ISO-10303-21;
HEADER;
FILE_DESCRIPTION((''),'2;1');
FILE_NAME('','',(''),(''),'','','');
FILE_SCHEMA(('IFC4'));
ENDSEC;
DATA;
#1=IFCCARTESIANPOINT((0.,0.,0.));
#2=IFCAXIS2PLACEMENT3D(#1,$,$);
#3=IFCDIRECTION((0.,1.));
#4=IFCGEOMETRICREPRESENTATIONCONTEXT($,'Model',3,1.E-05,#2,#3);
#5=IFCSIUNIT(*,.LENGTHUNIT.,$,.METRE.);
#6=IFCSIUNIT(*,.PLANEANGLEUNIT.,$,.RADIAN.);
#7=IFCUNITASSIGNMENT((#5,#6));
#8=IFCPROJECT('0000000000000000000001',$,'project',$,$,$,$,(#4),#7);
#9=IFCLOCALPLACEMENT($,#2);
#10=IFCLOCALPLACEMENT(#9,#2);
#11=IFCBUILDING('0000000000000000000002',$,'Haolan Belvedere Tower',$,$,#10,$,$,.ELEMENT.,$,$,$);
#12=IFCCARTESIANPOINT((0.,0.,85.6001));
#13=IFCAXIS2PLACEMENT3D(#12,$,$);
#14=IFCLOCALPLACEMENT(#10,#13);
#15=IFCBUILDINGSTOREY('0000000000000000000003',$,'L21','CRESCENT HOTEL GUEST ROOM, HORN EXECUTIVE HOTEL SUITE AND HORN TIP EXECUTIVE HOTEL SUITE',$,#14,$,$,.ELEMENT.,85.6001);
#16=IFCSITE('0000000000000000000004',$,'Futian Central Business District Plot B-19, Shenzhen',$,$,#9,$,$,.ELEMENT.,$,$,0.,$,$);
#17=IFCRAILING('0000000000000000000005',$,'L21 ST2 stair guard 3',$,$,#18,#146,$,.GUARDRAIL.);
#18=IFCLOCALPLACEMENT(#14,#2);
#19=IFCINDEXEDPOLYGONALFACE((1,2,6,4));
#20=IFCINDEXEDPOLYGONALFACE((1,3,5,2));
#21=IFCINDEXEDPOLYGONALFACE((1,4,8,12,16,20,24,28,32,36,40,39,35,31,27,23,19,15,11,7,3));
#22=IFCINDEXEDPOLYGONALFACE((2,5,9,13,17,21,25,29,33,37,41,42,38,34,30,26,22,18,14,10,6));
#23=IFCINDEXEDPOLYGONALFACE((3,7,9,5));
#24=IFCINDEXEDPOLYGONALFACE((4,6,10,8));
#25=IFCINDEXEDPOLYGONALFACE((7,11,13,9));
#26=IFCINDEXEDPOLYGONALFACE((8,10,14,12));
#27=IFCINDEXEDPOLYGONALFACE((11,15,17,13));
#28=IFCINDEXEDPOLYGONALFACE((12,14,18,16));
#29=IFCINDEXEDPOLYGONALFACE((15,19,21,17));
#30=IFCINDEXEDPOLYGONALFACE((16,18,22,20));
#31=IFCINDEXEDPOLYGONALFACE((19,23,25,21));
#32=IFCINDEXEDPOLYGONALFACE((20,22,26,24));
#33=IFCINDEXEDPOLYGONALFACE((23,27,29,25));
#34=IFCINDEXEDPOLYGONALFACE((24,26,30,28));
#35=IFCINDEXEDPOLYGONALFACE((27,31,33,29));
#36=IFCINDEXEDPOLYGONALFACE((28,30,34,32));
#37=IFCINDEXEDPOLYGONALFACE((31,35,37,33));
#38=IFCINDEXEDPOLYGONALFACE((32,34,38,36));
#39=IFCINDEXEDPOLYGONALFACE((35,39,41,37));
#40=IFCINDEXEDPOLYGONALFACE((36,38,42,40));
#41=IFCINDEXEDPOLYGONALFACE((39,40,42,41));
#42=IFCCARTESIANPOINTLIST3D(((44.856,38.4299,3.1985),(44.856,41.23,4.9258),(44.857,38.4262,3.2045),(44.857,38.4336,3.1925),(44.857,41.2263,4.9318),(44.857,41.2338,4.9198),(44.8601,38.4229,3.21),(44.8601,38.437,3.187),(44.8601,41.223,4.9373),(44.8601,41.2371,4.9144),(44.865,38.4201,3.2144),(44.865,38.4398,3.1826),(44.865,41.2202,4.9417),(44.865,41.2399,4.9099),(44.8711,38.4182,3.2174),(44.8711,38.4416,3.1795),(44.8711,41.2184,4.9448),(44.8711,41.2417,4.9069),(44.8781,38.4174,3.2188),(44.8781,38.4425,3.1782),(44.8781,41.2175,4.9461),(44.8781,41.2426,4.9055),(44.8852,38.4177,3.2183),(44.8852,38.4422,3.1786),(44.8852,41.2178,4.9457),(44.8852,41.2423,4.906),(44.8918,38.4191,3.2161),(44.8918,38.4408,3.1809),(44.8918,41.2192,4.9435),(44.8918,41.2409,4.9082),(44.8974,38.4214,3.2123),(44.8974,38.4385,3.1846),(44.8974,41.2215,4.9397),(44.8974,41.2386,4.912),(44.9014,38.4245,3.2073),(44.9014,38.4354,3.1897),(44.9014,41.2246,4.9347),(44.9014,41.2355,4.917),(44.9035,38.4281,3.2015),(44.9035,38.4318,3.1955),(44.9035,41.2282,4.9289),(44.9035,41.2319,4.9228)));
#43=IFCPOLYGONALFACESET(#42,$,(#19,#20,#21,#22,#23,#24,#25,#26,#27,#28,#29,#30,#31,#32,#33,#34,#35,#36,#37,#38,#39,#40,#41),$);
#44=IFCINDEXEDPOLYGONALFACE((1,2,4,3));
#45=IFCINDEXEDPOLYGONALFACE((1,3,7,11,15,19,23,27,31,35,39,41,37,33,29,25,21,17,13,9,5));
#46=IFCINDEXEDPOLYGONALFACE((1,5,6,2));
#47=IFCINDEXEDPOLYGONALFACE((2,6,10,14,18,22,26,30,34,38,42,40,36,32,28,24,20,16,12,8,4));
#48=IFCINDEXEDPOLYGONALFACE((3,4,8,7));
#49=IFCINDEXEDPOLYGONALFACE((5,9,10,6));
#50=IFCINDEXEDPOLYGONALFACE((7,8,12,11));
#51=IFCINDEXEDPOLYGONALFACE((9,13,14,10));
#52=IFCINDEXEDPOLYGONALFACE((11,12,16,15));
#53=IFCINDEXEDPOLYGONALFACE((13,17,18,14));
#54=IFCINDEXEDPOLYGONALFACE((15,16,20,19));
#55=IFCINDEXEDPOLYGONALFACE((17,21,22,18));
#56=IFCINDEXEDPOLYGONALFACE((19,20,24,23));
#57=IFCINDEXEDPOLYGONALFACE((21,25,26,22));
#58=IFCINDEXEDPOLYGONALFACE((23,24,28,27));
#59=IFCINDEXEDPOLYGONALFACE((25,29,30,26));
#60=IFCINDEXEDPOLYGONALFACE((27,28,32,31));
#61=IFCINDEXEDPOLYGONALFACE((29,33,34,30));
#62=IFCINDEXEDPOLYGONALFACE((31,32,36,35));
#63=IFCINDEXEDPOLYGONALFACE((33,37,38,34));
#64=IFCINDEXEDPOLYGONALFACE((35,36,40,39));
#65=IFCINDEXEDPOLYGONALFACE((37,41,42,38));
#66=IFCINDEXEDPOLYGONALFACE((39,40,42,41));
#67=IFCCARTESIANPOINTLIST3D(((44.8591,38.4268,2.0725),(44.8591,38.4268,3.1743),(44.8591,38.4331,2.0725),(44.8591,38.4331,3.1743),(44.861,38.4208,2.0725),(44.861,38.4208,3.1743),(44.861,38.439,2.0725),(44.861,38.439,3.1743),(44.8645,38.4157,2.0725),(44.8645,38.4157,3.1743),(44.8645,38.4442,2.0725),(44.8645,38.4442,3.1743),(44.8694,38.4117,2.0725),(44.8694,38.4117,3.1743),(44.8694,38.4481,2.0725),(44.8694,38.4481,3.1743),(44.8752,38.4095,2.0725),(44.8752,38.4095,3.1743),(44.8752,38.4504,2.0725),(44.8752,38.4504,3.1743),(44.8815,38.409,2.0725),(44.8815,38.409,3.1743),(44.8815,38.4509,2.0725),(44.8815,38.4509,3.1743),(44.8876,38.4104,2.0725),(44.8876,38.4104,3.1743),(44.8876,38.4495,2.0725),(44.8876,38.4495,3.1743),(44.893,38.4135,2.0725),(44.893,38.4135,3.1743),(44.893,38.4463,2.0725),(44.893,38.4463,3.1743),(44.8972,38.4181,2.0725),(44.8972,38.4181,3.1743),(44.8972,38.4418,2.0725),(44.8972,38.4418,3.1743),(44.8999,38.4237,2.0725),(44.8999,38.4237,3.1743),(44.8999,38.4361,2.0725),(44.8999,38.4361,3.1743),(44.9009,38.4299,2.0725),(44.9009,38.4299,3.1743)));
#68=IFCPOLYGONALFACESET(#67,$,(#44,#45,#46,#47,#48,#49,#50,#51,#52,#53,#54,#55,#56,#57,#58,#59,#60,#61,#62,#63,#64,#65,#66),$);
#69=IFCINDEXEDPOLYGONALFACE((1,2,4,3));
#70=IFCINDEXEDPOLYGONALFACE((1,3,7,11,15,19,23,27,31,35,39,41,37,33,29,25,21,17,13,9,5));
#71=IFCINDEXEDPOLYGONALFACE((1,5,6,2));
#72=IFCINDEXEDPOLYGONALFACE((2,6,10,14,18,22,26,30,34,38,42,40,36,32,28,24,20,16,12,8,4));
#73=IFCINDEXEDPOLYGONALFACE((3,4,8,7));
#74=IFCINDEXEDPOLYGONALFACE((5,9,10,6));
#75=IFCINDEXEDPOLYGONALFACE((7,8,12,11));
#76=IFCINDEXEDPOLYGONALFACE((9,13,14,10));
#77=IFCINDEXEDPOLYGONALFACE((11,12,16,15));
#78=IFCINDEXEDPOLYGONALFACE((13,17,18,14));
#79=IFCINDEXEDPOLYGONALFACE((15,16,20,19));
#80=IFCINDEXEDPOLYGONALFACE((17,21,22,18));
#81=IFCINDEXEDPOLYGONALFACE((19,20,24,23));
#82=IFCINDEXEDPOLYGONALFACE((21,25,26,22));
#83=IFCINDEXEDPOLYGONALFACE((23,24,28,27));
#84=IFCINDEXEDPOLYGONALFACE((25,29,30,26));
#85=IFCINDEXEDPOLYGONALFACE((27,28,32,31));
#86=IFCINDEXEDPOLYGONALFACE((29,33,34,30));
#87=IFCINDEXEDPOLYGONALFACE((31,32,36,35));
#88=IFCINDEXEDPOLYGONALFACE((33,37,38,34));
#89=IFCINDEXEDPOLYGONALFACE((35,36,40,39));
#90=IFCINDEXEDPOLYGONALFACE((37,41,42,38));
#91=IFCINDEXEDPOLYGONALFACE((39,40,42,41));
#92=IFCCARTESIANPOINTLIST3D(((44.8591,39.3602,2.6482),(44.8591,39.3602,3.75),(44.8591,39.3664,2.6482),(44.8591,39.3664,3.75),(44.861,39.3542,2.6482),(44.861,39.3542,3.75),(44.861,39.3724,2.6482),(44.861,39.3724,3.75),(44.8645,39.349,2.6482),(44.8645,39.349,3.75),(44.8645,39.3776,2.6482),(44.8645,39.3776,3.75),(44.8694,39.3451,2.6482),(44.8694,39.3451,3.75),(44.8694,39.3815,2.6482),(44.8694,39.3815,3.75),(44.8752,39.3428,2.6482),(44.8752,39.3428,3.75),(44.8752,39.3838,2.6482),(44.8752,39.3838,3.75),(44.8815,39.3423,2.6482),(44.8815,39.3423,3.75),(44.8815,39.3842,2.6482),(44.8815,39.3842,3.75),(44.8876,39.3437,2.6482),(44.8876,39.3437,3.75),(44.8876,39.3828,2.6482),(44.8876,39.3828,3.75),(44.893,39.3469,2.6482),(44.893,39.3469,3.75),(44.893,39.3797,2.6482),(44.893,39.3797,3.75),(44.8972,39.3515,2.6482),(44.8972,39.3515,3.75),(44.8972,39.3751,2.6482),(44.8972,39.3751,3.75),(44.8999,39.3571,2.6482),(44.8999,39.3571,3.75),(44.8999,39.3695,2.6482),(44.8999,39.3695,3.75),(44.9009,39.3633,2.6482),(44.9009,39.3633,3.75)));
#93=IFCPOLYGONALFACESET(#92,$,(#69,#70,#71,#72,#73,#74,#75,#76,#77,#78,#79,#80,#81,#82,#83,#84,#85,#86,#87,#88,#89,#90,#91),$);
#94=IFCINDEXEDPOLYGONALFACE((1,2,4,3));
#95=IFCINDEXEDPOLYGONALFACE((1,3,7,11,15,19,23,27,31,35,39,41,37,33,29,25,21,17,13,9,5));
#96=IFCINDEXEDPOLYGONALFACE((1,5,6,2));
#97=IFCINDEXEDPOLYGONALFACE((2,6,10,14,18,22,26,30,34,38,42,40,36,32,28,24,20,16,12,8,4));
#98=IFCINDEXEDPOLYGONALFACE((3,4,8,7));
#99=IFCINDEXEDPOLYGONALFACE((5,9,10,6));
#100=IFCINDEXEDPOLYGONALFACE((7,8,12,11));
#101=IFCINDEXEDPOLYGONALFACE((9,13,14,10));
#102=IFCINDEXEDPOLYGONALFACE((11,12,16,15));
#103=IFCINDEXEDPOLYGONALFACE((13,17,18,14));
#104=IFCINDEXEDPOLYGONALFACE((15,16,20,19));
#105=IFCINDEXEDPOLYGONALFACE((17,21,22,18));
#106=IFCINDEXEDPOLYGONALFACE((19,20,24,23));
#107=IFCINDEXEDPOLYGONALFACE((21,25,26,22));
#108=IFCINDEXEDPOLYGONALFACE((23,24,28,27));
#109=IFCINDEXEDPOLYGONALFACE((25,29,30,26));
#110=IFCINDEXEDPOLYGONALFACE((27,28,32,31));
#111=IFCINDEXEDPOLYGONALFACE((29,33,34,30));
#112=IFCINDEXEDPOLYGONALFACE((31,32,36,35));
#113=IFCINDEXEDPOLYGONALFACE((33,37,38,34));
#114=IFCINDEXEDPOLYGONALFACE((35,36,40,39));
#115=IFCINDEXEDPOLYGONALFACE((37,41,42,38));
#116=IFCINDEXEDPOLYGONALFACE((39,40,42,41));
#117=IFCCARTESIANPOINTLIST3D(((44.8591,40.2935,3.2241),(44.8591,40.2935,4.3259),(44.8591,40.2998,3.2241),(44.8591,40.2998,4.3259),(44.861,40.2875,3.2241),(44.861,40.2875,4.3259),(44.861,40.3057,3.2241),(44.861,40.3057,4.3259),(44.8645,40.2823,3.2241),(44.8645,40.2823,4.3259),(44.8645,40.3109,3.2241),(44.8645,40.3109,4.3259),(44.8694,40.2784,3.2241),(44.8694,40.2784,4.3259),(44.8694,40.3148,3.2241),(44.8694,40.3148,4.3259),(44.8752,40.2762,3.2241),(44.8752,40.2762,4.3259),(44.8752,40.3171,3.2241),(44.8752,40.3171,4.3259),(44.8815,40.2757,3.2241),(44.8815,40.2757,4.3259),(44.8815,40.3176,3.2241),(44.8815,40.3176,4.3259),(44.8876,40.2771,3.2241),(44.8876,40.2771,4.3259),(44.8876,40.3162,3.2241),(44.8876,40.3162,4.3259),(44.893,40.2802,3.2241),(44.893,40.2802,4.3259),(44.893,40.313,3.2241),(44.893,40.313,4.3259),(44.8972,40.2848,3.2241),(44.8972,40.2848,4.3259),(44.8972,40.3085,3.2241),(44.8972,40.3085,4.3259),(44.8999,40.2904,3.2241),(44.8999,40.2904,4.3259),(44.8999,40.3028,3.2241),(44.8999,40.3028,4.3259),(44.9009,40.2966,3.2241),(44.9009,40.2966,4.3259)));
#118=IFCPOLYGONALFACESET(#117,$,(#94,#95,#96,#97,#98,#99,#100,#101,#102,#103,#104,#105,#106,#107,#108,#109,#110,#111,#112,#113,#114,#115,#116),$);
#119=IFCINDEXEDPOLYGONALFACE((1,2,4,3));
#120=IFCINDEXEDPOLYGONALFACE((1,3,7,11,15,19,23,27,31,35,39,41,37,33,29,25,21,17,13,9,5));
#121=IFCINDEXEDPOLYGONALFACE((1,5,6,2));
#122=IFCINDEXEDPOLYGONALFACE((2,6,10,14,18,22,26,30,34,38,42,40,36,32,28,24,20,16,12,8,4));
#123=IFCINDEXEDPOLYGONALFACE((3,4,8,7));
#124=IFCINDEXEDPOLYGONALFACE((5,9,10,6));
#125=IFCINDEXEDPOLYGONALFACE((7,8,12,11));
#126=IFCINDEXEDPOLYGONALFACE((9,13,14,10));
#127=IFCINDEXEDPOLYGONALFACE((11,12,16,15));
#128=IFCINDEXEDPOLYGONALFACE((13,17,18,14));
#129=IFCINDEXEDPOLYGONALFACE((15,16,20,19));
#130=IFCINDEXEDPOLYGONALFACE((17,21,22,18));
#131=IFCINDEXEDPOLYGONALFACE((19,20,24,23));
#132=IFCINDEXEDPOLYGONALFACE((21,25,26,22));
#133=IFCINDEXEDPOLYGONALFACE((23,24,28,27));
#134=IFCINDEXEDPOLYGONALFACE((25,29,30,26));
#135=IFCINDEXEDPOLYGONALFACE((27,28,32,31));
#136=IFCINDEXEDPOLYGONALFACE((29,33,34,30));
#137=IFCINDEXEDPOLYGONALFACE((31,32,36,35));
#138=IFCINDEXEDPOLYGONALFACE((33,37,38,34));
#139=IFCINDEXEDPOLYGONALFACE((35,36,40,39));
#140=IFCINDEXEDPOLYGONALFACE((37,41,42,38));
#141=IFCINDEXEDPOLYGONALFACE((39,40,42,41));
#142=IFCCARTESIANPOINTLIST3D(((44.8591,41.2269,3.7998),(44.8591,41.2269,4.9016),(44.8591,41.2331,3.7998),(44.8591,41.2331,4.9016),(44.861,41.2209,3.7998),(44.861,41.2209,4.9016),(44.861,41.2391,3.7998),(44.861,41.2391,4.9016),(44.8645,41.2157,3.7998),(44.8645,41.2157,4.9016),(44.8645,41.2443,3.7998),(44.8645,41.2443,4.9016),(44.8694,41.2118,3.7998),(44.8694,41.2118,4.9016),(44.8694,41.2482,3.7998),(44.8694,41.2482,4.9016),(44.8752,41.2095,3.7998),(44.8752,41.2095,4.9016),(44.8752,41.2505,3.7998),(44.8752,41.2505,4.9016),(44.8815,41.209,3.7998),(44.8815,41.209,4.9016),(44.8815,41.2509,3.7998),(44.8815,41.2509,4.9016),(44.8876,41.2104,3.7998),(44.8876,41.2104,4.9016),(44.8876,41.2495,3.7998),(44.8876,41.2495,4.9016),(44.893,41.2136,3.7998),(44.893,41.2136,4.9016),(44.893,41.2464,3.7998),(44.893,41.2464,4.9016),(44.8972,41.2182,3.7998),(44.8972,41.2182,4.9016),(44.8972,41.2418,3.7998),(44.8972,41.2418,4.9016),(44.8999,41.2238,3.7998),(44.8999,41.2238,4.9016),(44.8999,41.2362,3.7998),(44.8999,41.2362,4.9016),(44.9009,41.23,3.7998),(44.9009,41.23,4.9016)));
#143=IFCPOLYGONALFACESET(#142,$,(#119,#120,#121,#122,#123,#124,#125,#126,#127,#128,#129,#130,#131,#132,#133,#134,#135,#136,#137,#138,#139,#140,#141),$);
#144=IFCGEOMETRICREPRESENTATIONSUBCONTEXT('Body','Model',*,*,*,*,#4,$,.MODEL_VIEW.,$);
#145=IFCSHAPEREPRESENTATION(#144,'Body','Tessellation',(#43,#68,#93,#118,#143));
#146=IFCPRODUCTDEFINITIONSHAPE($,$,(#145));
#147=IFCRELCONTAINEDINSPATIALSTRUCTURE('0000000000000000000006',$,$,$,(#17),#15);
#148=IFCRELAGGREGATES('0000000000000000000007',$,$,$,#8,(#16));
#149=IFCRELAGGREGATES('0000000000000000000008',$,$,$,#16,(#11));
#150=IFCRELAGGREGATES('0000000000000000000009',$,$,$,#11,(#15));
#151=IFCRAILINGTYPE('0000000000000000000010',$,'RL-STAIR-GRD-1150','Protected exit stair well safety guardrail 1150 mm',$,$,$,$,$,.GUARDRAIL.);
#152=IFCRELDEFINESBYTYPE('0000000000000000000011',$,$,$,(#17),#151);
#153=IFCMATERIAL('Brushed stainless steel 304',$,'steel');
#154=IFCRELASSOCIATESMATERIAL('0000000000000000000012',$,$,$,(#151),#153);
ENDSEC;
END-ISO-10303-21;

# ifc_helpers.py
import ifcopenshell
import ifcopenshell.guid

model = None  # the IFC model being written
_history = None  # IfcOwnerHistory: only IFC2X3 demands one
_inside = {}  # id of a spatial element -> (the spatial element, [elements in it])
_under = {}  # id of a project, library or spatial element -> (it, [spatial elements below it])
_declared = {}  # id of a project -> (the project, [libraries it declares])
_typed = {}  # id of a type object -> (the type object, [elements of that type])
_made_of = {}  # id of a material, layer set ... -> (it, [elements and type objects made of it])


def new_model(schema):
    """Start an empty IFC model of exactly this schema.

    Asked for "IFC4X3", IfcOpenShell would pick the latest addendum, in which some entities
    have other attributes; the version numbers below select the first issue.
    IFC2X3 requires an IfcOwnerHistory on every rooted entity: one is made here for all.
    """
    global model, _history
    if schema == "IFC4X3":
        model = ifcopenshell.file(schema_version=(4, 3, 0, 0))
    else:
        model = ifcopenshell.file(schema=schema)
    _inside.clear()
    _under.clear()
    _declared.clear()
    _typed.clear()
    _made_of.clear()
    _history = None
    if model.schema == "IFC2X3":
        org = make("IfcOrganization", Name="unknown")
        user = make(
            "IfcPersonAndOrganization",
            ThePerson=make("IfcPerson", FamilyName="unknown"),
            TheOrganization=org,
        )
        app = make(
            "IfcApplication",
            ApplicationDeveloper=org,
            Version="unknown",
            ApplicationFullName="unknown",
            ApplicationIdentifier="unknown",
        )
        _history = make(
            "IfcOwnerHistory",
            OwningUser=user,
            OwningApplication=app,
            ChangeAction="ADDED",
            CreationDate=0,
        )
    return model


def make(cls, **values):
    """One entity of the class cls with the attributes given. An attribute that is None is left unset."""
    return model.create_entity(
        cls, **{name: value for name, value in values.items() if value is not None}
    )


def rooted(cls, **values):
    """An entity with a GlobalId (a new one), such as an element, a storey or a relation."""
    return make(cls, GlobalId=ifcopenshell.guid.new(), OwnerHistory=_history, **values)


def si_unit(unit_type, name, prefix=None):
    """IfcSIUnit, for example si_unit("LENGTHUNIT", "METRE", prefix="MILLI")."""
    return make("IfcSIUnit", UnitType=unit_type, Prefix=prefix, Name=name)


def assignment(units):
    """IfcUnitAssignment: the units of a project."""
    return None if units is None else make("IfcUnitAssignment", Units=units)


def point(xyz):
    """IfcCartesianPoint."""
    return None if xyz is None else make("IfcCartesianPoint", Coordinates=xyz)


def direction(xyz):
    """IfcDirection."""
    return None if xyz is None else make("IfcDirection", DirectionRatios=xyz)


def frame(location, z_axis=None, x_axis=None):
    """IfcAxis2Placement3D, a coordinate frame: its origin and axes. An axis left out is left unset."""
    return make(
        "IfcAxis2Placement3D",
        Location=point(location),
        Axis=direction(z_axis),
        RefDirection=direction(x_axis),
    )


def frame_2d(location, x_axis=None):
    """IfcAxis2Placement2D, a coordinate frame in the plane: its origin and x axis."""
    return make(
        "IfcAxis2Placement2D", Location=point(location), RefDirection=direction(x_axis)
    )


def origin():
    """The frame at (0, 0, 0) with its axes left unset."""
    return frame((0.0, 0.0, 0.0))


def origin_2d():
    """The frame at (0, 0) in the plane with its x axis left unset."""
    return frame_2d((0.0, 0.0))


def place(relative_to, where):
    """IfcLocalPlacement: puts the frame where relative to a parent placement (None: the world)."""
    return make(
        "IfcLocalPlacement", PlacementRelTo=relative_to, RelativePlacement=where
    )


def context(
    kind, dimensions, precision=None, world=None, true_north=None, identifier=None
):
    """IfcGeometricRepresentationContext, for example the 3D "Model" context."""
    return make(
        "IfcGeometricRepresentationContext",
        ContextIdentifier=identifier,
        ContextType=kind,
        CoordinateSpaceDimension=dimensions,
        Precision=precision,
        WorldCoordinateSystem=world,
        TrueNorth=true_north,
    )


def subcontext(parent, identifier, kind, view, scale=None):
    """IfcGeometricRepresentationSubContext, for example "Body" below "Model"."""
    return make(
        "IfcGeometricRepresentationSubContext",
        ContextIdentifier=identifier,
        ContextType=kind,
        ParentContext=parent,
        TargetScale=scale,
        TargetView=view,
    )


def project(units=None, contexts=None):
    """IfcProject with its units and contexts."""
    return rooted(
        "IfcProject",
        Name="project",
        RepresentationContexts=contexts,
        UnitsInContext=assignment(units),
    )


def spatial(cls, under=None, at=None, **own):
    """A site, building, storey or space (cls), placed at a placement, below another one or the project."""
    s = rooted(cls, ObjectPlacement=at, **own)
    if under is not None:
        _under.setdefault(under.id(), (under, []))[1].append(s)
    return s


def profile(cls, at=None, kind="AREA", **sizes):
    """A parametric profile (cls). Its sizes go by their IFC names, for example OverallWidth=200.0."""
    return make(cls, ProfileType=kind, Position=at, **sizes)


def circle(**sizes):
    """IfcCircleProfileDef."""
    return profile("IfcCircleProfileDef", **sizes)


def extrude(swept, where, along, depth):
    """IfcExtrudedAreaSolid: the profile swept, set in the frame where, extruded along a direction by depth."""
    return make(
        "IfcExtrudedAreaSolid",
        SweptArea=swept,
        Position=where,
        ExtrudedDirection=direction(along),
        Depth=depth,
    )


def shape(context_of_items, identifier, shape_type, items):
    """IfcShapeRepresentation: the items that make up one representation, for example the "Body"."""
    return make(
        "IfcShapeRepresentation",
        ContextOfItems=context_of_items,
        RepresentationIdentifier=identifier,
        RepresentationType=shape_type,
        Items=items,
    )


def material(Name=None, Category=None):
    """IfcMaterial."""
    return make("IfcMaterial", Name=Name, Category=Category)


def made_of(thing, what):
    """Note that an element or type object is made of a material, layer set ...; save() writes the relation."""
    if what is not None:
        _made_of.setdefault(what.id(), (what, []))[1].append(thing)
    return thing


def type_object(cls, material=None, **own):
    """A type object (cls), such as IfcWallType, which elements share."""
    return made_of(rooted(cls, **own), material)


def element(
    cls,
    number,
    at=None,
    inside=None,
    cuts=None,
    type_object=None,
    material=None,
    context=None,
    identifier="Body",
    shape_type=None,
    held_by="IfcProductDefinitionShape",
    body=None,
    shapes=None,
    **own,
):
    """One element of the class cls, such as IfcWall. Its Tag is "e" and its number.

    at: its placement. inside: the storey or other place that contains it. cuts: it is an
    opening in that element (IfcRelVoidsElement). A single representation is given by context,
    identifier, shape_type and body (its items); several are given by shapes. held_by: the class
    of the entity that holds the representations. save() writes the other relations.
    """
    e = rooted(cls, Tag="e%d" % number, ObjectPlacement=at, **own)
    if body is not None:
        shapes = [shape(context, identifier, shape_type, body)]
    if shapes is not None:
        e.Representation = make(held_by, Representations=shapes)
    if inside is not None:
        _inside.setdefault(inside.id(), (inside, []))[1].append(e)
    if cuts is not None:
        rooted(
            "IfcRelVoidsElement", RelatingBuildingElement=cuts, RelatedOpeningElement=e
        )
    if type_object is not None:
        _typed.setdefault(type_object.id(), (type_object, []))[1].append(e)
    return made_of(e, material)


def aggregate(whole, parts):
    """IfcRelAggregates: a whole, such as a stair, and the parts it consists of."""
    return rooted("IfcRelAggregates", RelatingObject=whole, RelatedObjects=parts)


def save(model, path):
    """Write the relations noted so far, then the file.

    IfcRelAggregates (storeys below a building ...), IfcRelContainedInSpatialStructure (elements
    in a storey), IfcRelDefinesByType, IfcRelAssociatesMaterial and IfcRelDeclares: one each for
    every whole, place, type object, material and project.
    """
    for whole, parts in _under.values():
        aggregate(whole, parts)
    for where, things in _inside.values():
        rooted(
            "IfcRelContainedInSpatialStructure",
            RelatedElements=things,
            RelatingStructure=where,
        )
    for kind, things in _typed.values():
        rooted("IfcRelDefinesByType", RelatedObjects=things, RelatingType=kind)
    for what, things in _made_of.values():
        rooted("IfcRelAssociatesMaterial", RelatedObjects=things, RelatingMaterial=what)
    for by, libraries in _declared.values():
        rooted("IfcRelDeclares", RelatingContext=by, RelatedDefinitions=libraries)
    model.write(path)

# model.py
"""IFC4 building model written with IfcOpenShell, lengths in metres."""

from ifc_helpers import new_model, si_unit, direction, frame, origin, origin_2d, place, context, subcontext, project, spatial, circle, extrude, material, type_object, element, save


model = new_model("IFC4")

# Units and contexts
model_context = context("Model", 3, precision=1e-05, world=origin(), true_north=direction((0.0, 1.0)))
body_context = subcontext(model_context, "Body", "Model", "MODEL_VIEW")
ifc_project = project(units=[si_unit("LENGTHUNIT", "METRE"), si_unit("PLANEANGLEUNIT", "RADIAN")], contexts=[model_context])

# Site, building, storey
site_placement = place(None, origin())
site = spatial("IfcSite", under=ifc_project, at=site_placement, Name="Futian Central Business District Plot B-19, Shenzhen", CompositionType="ELEMENT", RefElevation=0.0)
building_placement = place(site_placement, origin())
building = spatial("IfcBuilding", under=site, at=building_placement, Name="Haolan Belvedere Tower", CompositionType="ELEMENT")
storey_placement = place(building_placement, frame((0.0, 0.0, 85.6001)))
storey = spatial("IfcBuildingStorey", under=building, at=storey_placement, Name="L21", Description="CRESCENT HOTEL GUEST ROOM, HORN EXECUTIVE HOTEL SUITE AND HORN TIP EXECUTIVE HOTEL SUITE", CompositionType="ELEMENT", Elevation=85.6001)

# Railing
ifc_material_1 = material(Name="Brushed stainless steel 304", Category="steel")
railing_type_1 = type_object("IfcRailingType", Name="RL-STAIR-GRD-1150", Description="Protected exit stair well safety guardrail 1150 mm", PredefinedType="GUARDRAIL", material=ifc_material_1)
railing_1_placement = place(storey_placement, frame((44.8799, 38.4299, 2.0725)))
element("IfcRailing", 1, at=railing_1_placement, inside=storey, type_object=railing_type_1, Name="L21 ST2 stair guard 3", PredefinedType="GUARDRAIL", context=body_context, shape_type="SweptSolid", body=[
    extrude(circle(Radius=0.0239, at=origin_2d()), frame((0.0, 0.0, 1.126), z_axis=(0.0, 0.85109, 0.52502), x_axis=(-1.0, 0.0, 0.0)), (0.0, 0.0, 1.0), 3.29),
    extrude(circle(Radius=0.021, at=origin_2d()), origin(), (0.0, 0.0, 1.0), 1.1018),
    extrude(circle(Radius=0.021, at=origin_2d()), frame((0.0, 0.9333, 0.5757)), (0.0, 0.0, 1.0), 1.1018),
    extrude(circle(Radius=0.021, at=origin_2d()), frame((0.0, 1.8667, 1.1516)), (0.0, 0.0, 1.0), 1.1018),
    extrude(circle(Radius=0.021, at=origin_2d()), frame((0.0, 2.8, 1.7273)), (0.0, 0.0, 1.0), 1.1018),
])

save(model, "model.ifc")
